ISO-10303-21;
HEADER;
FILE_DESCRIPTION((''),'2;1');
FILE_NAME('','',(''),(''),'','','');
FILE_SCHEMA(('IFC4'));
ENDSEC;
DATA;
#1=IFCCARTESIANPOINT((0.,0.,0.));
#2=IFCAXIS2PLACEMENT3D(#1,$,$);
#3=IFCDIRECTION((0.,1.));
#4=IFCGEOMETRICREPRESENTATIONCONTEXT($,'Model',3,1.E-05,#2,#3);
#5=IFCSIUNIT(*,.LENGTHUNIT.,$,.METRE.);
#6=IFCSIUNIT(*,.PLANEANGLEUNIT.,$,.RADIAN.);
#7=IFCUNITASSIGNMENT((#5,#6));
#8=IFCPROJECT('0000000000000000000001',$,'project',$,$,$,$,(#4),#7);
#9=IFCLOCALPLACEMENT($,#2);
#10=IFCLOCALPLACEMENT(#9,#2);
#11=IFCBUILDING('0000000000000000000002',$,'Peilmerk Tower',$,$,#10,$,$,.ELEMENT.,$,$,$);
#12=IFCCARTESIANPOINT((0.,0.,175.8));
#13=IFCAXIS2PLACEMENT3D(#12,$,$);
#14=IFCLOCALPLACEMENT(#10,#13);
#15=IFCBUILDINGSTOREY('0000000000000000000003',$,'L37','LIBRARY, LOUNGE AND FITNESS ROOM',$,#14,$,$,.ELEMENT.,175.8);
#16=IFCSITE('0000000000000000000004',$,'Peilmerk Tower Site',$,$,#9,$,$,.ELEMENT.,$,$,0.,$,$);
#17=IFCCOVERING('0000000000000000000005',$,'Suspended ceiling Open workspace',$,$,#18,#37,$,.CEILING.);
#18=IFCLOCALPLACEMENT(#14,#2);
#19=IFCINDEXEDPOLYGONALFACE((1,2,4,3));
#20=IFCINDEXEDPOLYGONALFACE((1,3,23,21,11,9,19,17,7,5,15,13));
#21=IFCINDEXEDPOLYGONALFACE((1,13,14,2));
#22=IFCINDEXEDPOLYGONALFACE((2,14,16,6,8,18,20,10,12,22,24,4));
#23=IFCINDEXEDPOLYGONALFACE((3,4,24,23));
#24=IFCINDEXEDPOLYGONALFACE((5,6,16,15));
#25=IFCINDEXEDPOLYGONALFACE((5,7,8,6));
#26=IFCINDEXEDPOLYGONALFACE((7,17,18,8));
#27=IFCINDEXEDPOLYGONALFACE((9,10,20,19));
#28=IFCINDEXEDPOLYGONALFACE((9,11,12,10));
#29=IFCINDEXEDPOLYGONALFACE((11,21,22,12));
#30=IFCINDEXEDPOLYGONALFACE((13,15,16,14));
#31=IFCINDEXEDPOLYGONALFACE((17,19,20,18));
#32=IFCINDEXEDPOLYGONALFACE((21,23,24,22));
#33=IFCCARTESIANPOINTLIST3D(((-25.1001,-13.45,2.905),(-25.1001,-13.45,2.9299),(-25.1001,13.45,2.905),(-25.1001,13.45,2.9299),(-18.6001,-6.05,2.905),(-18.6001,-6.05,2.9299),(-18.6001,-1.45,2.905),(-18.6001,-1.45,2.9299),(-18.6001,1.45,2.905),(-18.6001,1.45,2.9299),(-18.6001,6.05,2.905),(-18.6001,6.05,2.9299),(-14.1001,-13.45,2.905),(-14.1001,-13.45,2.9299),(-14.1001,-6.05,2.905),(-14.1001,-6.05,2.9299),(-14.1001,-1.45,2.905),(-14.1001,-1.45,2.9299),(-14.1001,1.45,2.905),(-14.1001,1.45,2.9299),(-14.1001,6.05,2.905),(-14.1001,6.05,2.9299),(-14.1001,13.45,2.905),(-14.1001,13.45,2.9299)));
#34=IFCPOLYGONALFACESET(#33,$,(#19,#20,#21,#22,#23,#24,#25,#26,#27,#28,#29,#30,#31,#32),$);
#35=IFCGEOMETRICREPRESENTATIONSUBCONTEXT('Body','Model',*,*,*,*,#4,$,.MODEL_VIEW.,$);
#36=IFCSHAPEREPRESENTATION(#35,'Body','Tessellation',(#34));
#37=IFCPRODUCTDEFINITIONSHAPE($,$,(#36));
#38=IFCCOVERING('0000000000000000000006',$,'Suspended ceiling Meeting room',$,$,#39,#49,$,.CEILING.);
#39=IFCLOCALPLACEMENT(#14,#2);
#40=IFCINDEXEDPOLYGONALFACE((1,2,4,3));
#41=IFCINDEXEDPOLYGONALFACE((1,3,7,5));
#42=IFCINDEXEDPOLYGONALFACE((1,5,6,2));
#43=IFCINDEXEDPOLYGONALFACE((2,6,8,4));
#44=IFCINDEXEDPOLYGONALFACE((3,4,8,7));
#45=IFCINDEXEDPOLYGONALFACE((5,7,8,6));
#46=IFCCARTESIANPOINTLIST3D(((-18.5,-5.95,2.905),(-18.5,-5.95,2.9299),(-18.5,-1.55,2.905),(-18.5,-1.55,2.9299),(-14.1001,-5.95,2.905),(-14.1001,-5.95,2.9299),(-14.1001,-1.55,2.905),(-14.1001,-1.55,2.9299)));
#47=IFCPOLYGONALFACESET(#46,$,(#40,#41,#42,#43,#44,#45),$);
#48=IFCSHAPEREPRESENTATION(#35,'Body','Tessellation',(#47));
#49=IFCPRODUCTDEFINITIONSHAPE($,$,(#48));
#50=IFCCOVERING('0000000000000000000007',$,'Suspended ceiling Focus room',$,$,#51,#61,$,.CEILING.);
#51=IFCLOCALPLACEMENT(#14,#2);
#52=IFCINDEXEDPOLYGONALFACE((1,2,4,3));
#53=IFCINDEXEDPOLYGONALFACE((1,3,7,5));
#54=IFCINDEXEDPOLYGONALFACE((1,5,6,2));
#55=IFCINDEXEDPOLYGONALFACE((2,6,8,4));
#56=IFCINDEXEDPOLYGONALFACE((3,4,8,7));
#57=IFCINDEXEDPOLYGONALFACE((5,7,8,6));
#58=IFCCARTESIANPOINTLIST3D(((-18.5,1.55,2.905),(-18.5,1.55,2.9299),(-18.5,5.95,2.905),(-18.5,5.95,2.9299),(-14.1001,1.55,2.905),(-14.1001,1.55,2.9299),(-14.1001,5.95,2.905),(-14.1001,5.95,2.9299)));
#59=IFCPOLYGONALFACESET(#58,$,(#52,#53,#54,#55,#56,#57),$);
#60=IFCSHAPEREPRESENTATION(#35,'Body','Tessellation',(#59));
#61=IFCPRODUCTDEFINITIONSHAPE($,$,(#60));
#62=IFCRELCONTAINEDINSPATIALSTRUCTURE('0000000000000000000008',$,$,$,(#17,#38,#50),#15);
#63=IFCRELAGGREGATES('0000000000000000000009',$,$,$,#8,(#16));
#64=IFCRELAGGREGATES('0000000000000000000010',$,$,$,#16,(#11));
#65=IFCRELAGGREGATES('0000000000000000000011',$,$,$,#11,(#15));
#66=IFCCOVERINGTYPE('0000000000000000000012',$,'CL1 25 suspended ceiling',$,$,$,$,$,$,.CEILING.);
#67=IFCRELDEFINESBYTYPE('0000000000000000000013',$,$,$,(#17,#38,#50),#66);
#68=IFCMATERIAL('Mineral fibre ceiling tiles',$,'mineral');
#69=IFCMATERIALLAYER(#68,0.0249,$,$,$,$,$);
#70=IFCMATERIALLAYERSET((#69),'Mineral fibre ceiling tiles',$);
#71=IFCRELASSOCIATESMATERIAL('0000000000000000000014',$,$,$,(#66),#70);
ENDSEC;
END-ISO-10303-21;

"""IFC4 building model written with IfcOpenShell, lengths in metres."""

from ifc_helpers import new_model, si_unit, direction, frame, origin, place, context, subcontext, project, spatial, polyline, outline, extrude, material, layer, layer_set, type_object, element, save


model = new_model("IFC4")

# Units and contexts
model_context = context("Model", 3, precision=1e-05, world=origin(), true_north=direction((0.0, 1.0)))
body_context = subcontext(model_context, "Body", "Model", "MODEL_VIEW")
ifc_project = project(units=[si_unit("LENGTHUNIT", "METRE"), si_unit("PLANEANGLEUNIT", "RADIAN")], contexts=[model_context])

# Site, building, storey
site_placement = place(None, origin())
site = spatial("IfcSite", under=ifc_project, at=site_placement, Name="Peilmerk Tower Site", CompositionType="ELEMENT", RefElevation=0.0)
building_placement = place(site_placement, origin())
building = spatial("IfcBuilding", under=site, at=building_placement, Name="Peilmerk Tower", CompositionType="ELEMENT")
storey_placement = place(building_placement, frame((0.0, 0.0, 175.8)))
storey = spatial("IfcBuildingStorey", under=building, at=storey_placement, Name="L37", Description="LIBRARY, LOUNGE AND FITNESS ROOM", CompositionType="ELEMENT", Elevation=175.8)

# Coverings
ifc_material_1 = material(Name="Mineral fibre ceiling tiles", Category="mineral")
ifc_layer_1 = layer(ifc_material_1, 0.0249)
ifc_layer_set_1 = layer_set([ifc_layer_1], Name="Mineral fibre ceiling tiles")
covering_type = type_object("IfcCoveringType", Name="CL1 25 suspended ceiling", PredefinedType="CEILING", material=ifc_layer_set_1)
covering_1_placement = place(storey_placement, frame((0.0, 0.0, 2.905)))
element("IfcCovering", 1, at=covering_1_placement, inside=storey, type_object=covering_type, Name="Suspended ceiling Open workspace", PredefinedType="CEILING", context=body_context, shape_type="SweptSolid", body=[
    extrude(outline(polyline([(-14.1001, 13.45), (-25.1001, 13.45), (-25.1001, -13.45), (-14.1001, -13.45), (-14.1001, -6.05), (-18.6001, -6.05), (-18.6001, -1.45), (-14.1001, -1.45), (-14.1001, 1.45), (-18.6001, 1.45), (-18.6001, 6.05), (-14.1001, 6.05), (-14.1001, 13.45)])), origin(), (0.0, 0.0, 1.0), 0.0249),
])
covering_2_placement = place(storey_placement, frame((0.0, 0.0, 2.905)))
element("IfcCovering", 2, at=covering_2_placement, inside=storey, type_object=covering_type, Name="Suspended ceiling Meeting room", PredefinedType="CEILING", context=body_context, shape_type="SweptSolid", body=[
    extrude(outline(polyline([(-14.1001, -5.95), (-14.1001, -1.55), (-18.5, -1.55), (-18.5, -5.95), (-14.1001, -5.95)])), origin(), (0.0, 0.0, 1.0), 0.0249),
])
covering_3_placement = place(storey_placement, frame((0.0, 0.0, 2.905)))
element("IfcCovering", 3, at=covering_3_placement, inside=storey, type_object=covering_type, Name="Suspended ceiling Focus room", PredefinedType="CEILING", context=body_context, shape_type="SweptSolid", body=[
    extrude(outline(polyline([(-14.1001, 1.55), (-14.1001, 5.95), (-18.5, 5.95), (-18.5, 1.55), (-14.1001, 1.55)])), origin(), (0.0, 0.0, 1.0), 0.0249),
])

save(model, "model.ifc")
